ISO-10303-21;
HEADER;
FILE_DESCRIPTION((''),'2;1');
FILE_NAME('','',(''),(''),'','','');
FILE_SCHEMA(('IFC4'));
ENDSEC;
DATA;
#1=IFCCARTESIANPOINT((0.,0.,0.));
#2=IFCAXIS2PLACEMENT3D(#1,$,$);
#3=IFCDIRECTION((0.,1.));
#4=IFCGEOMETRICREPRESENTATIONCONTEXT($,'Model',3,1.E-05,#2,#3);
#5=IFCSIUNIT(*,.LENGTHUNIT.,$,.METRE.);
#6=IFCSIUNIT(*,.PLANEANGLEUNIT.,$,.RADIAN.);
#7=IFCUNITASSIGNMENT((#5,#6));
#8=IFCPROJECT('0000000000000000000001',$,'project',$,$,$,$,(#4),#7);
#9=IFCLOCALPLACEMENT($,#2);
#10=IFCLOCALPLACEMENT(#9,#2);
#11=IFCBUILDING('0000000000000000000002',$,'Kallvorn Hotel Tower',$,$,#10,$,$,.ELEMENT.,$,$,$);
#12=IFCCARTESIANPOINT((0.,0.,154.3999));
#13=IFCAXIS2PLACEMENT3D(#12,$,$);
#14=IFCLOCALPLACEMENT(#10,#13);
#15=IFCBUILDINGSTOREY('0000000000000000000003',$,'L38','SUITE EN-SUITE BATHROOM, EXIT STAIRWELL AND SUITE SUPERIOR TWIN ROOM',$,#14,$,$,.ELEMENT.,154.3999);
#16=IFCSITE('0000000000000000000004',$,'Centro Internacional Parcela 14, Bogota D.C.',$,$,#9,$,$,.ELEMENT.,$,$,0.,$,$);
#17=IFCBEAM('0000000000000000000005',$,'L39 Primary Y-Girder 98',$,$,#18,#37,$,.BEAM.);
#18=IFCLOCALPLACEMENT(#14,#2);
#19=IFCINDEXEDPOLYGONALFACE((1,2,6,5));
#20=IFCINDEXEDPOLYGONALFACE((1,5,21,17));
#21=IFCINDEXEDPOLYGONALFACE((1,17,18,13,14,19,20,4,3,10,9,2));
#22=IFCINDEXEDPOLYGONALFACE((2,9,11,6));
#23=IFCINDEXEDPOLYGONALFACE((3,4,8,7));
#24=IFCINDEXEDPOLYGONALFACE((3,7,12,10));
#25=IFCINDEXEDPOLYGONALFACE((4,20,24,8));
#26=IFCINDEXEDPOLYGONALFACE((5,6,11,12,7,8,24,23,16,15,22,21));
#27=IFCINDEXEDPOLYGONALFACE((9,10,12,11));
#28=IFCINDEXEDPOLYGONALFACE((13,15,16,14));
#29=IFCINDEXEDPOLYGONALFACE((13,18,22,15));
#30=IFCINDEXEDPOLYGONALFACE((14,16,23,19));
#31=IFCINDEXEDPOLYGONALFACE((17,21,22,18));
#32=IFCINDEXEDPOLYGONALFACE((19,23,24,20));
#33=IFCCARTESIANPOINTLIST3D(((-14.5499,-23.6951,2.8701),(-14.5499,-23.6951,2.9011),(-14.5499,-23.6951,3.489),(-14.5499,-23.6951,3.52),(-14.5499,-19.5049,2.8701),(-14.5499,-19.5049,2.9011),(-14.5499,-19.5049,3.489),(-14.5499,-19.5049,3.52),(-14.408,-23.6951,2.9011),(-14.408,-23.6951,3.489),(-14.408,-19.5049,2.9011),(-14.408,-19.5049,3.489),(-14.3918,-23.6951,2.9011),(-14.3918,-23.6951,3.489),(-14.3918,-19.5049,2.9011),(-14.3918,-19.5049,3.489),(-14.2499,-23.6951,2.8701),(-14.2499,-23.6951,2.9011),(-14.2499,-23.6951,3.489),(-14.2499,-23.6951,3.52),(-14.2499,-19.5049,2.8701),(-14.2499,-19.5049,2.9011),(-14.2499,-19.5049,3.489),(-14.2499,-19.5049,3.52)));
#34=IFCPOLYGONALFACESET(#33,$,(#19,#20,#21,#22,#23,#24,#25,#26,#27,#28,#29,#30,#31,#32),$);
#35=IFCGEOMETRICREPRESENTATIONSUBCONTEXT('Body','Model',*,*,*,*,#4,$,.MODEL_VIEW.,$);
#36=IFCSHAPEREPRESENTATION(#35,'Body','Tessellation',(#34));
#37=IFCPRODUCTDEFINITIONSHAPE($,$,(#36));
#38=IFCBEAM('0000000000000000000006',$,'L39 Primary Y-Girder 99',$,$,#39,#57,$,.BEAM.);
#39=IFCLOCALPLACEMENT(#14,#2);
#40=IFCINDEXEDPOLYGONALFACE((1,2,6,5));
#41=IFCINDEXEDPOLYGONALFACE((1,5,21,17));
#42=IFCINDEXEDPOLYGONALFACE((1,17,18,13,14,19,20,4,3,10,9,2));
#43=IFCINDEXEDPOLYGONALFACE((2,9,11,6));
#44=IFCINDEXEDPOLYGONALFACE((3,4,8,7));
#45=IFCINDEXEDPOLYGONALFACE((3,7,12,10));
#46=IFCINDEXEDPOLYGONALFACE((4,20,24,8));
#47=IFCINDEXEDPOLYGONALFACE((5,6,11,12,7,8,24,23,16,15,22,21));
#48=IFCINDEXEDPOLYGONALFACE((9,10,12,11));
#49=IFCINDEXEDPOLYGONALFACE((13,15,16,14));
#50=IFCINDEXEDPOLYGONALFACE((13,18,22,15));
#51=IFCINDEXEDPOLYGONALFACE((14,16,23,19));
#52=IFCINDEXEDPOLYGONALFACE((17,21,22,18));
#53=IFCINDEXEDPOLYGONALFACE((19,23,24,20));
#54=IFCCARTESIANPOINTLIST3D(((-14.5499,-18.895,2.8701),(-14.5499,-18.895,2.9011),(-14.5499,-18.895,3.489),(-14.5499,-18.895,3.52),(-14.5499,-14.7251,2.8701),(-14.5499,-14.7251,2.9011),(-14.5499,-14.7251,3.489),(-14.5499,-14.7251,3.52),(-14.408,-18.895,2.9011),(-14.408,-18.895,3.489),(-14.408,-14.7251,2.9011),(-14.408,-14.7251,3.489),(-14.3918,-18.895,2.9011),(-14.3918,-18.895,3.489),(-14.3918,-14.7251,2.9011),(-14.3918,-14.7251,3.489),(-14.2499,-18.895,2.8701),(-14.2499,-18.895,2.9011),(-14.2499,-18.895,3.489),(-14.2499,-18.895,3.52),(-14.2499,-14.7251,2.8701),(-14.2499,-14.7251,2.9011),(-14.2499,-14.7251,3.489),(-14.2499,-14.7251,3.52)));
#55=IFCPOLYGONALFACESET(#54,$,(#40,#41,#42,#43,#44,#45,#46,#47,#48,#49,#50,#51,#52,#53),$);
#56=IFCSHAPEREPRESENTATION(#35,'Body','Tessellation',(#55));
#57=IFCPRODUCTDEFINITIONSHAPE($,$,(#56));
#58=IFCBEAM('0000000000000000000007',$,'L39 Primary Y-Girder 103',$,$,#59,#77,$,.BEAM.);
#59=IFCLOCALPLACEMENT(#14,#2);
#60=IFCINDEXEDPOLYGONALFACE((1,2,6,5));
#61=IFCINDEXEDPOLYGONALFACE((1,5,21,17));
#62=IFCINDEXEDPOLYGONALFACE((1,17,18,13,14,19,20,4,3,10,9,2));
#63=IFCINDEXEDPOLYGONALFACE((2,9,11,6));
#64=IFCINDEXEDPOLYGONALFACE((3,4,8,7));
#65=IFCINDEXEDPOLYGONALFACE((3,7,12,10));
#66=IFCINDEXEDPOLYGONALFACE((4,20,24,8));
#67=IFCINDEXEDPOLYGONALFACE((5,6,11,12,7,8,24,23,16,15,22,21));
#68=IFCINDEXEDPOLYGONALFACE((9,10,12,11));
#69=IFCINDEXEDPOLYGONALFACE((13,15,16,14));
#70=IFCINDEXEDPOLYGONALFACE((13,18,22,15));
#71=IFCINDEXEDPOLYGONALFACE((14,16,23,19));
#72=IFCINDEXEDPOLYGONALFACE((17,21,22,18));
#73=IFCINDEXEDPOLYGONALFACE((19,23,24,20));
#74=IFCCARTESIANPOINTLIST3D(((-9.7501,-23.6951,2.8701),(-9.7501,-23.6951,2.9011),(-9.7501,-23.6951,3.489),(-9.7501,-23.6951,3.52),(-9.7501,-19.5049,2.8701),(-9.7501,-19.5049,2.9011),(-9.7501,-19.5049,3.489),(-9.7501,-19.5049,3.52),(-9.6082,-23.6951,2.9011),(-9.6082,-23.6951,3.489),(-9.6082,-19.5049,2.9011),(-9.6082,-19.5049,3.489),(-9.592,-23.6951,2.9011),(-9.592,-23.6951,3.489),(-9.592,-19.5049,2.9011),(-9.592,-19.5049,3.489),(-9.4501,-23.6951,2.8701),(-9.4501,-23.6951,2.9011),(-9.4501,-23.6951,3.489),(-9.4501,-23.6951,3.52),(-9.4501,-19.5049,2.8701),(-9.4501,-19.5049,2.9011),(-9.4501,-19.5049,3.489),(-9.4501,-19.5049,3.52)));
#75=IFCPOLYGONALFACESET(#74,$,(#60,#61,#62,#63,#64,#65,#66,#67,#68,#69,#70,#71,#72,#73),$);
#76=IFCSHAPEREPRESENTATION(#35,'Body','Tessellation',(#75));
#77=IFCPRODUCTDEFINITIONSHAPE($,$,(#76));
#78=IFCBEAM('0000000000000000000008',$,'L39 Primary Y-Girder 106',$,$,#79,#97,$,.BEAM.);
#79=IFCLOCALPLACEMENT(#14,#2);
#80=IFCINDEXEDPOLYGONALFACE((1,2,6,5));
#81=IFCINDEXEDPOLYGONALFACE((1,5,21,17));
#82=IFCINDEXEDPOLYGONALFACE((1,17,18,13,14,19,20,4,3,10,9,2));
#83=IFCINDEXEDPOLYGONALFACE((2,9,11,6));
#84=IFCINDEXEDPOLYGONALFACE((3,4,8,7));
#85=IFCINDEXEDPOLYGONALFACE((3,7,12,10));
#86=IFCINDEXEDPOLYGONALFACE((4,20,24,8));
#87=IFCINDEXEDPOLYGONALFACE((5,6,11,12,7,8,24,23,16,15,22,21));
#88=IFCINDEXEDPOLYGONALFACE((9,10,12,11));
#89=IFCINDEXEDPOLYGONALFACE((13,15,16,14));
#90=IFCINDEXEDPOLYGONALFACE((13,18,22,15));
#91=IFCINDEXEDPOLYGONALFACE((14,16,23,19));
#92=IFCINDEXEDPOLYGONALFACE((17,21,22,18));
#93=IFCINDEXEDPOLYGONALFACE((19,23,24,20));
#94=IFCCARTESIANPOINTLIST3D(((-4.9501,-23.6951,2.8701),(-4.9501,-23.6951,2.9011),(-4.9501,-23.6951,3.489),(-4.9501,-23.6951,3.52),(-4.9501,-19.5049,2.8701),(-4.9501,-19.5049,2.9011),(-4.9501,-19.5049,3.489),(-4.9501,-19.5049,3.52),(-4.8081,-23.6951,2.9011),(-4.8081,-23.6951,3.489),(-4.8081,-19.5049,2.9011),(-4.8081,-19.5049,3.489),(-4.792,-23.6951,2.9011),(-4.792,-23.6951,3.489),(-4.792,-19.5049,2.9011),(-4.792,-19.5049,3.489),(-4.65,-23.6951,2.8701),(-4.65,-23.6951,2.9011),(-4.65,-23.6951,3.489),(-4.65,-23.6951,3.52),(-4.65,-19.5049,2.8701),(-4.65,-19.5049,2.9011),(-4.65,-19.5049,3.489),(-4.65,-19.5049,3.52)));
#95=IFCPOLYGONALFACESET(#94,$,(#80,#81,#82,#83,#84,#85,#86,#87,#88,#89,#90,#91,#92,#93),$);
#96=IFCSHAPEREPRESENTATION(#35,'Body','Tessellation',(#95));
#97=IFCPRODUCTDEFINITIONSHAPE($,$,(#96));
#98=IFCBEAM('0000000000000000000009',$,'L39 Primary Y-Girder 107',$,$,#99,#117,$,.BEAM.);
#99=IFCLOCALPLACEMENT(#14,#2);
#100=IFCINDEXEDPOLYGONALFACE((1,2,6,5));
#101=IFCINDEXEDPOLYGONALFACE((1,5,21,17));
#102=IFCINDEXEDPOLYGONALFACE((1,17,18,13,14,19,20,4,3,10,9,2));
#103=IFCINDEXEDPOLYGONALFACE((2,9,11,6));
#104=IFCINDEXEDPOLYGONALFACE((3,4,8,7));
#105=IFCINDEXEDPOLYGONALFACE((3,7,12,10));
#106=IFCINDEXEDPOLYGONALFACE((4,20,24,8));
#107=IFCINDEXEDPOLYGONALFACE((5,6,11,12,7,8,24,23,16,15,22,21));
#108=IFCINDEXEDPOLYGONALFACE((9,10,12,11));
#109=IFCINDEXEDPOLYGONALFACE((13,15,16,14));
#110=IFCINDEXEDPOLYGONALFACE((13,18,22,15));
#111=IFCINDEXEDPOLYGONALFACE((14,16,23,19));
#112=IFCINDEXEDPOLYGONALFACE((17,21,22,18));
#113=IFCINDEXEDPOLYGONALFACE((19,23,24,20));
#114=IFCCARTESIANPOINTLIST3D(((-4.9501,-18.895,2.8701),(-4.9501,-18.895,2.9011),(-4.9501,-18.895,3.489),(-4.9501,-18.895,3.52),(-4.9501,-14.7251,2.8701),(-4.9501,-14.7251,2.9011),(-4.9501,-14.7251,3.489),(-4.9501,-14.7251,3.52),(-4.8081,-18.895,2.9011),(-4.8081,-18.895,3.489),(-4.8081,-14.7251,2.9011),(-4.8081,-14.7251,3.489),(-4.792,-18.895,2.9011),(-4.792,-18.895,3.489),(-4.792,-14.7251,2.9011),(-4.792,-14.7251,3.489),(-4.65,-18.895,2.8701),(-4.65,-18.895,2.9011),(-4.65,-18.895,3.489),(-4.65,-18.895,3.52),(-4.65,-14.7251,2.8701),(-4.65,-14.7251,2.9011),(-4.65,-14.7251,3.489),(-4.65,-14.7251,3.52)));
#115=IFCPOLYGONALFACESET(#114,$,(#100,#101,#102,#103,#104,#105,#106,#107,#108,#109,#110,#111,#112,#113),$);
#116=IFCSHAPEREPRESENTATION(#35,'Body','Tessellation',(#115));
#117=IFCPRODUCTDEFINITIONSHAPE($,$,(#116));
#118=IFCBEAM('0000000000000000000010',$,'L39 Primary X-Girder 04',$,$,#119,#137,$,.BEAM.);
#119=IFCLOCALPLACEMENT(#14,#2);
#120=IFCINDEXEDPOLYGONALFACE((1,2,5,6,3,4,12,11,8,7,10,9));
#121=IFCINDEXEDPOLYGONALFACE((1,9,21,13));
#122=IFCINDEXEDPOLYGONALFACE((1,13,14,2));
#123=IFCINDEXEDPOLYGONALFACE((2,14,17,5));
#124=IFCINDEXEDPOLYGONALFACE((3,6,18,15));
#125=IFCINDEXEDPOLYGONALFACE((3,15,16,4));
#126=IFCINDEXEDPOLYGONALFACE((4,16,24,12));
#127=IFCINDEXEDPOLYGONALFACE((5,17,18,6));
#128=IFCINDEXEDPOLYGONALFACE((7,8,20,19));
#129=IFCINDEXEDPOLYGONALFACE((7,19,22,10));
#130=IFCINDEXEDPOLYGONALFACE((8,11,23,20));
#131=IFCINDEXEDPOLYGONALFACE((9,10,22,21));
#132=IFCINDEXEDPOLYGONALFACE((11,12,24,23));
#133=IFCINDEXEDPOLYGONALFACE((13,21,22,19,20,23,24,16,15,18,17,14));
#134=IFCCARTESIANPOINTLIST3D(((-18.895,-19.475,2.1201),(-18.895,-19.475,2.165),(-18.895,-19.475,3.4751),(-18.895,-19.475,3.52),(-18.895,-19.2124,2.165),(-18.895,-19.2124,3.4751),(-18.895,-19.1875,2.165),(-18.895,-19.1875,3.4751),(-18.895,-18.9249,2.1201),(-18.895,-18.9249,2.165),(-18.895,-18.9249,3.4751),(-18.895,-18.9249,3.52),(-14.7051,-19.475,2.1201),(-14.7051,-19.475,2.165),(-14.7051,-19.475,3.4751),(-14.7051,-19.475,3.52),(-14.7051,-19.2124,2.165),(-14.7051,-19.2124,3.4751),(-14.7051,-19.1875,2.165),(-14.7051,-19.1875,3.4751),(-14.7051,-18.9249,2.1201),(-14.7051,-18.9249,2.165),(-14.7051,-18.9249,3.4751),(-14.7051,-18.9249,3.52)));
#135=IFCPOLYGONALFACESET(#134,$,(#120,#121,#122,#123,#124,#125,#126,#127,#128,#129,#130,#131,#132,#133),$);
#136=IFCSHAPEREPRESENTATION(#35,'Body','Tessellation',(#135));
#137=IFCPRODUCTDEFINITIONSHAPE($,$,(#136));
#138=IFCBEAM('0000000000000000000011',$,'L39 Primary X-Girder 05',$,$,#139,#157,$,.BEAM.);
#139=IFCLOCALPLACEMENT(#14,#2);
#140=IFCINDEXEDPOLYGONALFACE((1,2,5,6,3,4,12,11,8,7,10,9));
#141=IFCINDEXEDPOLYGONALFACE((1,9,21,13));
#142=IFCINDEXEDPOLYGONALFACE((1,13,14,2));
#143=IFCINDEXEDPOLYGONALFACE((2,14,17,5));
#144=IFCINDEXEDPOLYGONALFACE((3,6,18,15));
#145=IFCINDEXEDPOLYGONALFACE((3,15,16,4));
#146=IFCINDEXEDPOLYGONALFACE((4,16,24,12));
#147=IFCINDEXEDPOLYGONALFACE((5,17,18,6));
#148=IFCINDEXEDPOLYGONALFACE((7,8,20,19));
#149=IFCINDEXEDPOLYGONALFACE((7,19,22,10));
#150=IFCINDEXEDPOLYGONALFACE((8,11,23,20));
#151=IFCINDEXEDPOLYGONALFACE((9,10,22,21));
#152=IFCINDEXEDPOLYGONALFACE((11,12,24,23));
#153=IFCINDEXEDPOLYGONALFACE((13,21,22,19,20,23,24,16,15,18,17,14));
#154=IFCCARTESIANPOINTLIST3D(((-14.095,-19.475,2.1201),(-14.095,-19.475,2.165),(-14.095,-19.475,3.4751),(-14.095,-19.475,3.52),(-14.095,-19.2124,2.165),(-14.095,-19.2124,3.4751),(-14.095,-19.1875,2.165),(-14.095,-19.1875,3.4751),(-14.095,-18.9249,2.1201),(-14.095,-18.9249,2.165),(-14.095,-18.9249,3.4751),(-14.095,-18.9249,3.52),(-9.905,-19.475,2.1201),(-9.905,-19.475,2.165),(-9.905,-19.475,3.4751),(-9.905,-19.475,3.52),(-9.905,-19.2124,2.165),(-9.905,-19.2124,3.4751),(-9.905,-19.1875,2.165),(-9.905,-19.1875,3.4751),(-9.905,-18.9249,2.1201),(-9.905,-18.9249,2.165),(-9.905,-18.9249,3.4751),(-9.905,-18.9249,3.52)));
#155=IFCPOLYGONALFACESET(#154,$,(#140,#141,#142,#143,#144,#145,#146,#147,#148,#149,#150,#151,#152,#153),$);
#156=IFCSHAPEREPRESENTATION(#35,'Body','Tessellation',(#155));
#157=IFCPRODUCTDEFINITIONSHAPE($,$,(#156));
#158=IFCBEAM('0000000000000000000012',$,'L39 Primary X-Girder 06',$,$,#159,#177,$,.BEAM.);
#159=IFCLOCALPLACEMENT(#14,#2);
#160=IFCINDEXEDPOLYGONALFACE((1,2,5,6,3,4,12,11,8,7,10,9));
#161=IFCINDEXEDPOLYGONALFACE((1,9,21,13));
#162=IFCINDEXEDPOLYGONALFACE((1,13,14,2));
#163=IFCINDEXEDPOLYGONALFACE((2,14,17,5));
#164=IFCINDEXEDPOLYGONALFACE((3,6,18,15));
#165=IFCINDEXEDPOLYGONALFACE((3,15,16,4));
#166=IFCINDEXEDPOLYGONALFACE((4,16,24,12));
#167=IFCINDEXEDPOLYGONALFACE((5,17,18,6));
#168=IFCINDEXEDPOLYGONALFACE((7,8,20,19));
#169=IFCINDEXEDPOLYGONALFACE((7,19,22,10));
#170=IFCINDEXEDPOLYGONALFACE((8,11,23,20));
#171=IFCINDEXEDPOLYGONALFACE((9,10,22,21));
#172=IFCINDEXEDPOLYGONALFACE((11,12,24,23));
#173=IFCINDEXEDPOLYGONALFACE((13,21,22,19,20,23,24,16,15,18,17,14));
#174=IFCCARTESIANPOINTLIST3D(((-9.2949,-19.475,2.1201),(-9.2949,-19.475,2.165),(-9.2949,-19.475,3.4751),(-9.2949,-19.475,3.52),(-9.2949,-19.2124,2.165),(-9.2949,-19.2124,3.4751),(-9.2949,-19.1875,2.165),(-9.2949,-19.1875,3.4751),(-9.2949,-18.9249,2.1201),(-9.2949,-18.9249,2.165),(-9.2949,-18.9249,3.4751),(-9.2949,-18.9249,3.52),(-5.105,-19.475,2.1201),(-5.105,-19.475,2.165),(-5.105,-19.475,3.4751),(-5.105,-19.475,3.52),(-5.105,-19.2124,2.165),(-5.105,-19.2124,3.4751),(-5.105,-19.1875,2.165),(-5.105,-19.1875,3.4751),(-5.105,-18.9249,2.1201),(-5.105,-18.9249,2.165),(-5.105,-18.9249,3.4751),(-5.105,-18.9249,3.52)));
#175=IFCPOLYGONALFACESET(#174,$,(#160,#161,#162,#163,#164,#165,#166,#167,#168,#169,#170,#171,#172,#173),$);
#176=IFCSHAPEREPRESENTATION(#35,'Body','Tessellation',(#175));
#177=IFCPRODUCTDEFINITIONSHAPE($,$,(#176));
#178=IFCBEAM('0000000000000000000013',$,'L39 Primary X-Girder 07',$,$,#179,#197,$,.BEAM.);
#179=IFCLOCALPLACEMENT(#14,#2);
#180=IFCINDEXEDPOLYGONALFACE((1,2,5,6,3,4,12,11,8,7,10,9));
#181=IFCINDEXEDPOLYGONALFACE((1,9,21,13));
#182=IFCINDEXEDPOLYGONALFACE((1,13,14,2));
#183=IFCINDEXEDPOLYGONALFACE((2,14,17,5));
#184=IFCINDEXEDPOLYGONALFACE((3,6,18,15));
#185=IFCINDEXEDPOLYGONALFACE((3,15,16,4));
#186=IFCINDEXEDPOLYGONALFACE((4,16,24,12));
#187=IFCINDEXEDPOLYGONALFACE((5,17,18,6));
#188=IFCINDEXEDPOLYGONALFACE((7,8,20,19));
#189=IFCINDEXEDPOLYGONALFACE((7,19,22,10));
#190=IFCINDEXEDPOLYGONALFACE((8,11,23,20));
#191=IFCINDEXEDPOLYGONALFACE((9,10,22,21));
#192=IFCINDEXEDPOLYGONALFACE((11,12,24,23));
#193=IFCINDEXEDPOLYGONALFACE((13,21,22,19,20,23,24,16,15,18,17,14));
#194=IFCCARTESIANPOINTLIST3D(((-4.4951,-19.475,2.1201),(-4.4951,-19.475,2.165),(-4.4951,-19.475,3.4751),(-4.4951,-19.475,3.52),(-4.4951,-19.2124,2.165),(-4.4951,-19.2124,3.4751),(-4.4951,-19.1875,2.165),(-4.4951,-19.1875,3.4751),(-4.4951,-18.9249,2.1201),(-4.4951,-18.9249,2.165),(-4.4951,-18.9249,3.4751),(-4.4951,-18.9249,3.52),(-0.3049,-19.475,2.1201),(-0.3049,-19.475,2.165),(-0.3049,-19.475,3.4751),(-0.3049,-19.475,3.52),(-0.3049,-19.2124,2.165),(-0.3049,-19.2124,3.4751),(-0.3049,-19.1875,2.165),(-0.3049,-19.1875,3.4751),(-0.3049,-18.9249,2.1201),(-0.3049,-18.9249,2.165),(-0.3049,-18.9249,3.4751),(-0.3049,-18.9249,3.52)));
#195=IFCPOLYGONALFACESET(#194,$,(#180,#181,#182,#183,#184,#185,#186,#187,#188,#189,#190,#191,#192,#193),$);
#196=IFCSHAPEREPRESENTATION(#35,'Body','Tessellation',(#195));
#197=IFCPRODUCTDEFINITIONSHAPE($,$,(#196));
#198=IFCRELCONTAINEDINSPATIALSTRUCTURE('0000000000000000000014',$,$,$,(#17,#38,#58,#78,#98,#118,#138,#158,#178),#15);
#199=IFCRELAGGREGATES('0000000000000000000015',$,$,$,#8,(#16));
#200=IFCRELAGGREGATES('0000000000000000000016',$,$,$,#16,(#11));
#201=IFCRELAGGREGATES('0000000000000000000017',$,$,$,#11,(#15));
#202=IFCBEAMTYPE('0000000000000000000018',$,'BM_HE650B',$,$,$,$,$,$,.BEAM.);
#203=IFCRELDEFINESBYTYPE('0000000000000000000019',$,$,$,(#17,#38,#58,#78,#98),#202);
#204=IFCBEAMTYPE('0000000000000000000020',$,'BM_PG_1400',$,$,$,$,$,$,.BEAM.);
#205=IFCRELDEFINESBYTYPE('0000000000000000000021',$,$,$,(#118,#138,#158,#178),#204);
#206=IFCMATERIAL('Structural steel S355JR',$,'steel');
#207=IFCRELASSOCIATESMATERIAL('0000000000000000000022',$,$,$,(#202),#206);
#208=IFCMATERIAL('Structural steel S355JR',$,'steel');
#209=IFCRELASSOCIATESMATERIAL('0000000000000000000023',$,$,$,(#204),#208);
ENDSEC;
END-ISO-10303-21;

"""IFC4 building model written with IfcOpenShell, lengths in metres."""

from ifc_helpers import new_model, si_unit, direction, frame, origin, origin_2d, place, context, subcontext, project, spatial, i_section, extrude, material, material_profile, profile_set, type_object, element, save


model = new_model("IFC4")

# Units and contexts
model_context = context("Model", 3, precision=1e-05, world=origin(), true_north=direction((0.0, 1.0)))
body_context = subcontext(model_context, "Body", "Model", "MODEL_VIEW")
ifc_project = project(units=[si_unit("LENGTHUNIT", "METRE"), si_unit("PLANEANGLEUNIT", "RADIAN")], contexts=[model_context])

# Site, building, storey
site_placement = place(None, origin())
site = spatial("IfcSite", under=ifc_project, at=site_placement, Name="Centro Internacional Parcela 14, Bogota D.C.", CompositionType="ELEMENT", RefElevation=0.0)
building_placement = place(site_placement, origin())
building = spatial("IfcBuilding", under=site, at=building_placement, Name="Kallvorn Hotel Tower", CompositionType="ELEMENT")
storey_placement = place(building_placement, frame((0.0, 0.0, 154.3999)))
storey = spatial("IfcBuildingStorey", under=building, at=storey_placement, Name="L38", Description="SUITE EN-SUITE BATHROOM, EXIT STAIRWELL AND SUITE SUPERIOR TWIN ROOM", CompositionType="ELEMENT", Elevation=154.3999)

# Beams
ifc_material_1 = material(Name="Structural steel S355JR", Category="steel")
ifc_material_profile_1 = material_profile(ifc_material_1, i_section(OverallWidth=0.3, OverallDepth=0.6499, WebThickness=0.0161, FlangeThickness=0.031, at=origin_2d()), Name="HE 650 B")
ifc_profile_set_1 = profile_set([ifc_material_profile_1], Name="Structural steel S355JR")
beam_type_1 = type_object("IfcBeamType", Name="BM_HE650B", PredefinedType="BEAM", material=ifc_profile_set_1)
beam_1_placement = place(storey_placement, frame((-14.3999, -23.6951, 3.1951), z_axis=(0.0, 1.0, 0.0), x_axis=(-1.0, 0.0, 0.0)))
element("IfcBeam", 1, at=beam_1_placement, inside=storey, type_object=beam_type_1, Name="L39 Primary Y-Girder 98", PredefinedType="BEAM", context=body_context, shape_type="SweptSolid", body=[
    extrude(i_section(OverallWidth=0.3, OverallDepth=0.6499, WebThickness=0.0161, FlangeThickness=0.031, at=origin_2d()), origin(), (0.0, 0.0, 1.0), 4.1902),
])
beam_2_placement = place(storey_placement, frame((-14.3999, -18.895, 3.1951), z_axis=(0.0, 1.0, 0.0), x_axis=(-1.0, 0.0, 0.0)))
element("IfcBeam", 2, at=beam_2_placement, inside=storey, type_object=beam_type_1, Name="L39 Primary Y-Girder 99", PredefinedType="BEAM", context=body_context, shape_type="SweptSolid", body=[
    extrude(i_section(OverallWidth=0.3, OverallDepth=0.6499, WebThickness=0.0161, FlangeThickness=0.031, at=origin_2d()), origin(), (0.0, 0.0, 1.0), 4.1699),
])
for number, where, z_axis, x_axis, name in (
    (3, (-9.6001, -23.6951, 3.1951), (0.0, 1.0, 0.0), (-1.0, 0.0, 0.0), "L39 Primary Y-Girder 103"),
    (4, (-4.8, -23.6951, 3.1951), (0.0, 1.0, 0.0), (-1.0, 0.0, 0.0), "L39 Primary Y-Girder 106"),
):
    element("IfcBeam", number, at=place(storey_placement, frame(where, z_axis=z_axis, x_axis=x_axis)), inside=storey, type_object=beam_type_1, Name=name, PredefinedType="BEAM", context=body_context, shape_type="SweptSolid", body=[
        extrude(i_section(OverallWidth=0.3, OverallDepth=0.6499, WebThickness=0.0161, FlangeThickness=0.031, at=origin_2d()), origin(), (0.0, 0.0, 1.0), 4.1902),
    ])
beam_3_placement = place(storey_placement, frame((-4.8, -18.895, 3.1951), z_axis=(0.0, 1.0, 0.0), x_axis=(-1.0, 0.0, 0.0)))
element("IfcBeam", 5, at=beam_3_placement, inside=storey, type_object=beam_type_1, Name="L39 Primary Y-Girder 107", PredefinedType="BEAM", context=body_context, shape_type="SweptSolid", body=[
    extrude(i_section(OverallWidth=0.3, OverallDepth=0.6499, WebThickness=0.0161, FlangeThickness=0.031, at=origin_2d()), origin(), (0.0, 0.0, 1.0), 4.1699),
])
ifc_material_2 = material(Name="Structural steel S355JR", Category="steel")
ifc_material_profile_2 = material_profile(ifc_material_2, i_section(OverallWidth=0.55, OverallDepth=1.3999, WebThickness=0.0249, FlangeThickness=0.0449, at=origin_2d()), Name="PG 1400x550x25x45")
ifc_profile_set_2 = profile_set([ifc_material_profile_2], Name="Structural steel S355JR")
beam_type_2 = type_object("IfcBeamType", Name="BM_PG_1400", PredefinedType="BEAM", material=ifc_profile_set_2)
for number, where, z_axis, x_axis, name in (
    (6, (-18.895, -19.2, 2.8201), (1.0, 0.0, 0.0), (0.0, 1.0, 0.0), "L39 Primary X-Girder 04"),
    (7, (-14.095, -19.2, 2.8201), (1.0, 0.0, 0.0), (0.0, 1.0, 0.0), "L39 Primary X-Girder 05"),
    (8, (-9.2949, -19.2, 2.8201), (1.0, 0.0, 0.0), (0.0, 1.0, 0.0), "L39 Primary X-Girder 06"),
):
    element("IfcBeam", number, at=place(storey_placement, frame(where, z_axis=z_axis, x_axis=x_axis)), inside=storey, type_object=beam_type_2, Name=name, PredefinedType="BEAM", context=body_context, shape_type="SweptSolid", body=[
        extrude(i_section(OverallWidth=0.55, OverallDepth=1.3999, WebThickness=0.0249, FlangeThickness=0.0449, at=origin_2d()), origin(), (0.0, 0.0, 1.0), 4.1899),
    ])
beam_4_placement = place(storey_placement, frame((-4.4951, -19.2, 2.8201), z_axis=(1.0, 0.0, 0.0), x_axis=(0.0, 1.0, 0.0)))
element("IfcBeam", 9, at=beam_4_placement, inside=storey, type_object=beam_type_2, Name="L39 Primary X-Girder 07", PredefinedType="BEAM", context=body_context, shape_type="SweptSolid", body=[
    extrude(i_section(OverallWidth=0.55, OverallDepth=1.3999, WebThickness=0.0249, FlangeThickness=0.0449, at=origin_2d()), origin(), (0.0, 0.0, 1.0), 4.1902),
])

save(model, "model.ifc")
